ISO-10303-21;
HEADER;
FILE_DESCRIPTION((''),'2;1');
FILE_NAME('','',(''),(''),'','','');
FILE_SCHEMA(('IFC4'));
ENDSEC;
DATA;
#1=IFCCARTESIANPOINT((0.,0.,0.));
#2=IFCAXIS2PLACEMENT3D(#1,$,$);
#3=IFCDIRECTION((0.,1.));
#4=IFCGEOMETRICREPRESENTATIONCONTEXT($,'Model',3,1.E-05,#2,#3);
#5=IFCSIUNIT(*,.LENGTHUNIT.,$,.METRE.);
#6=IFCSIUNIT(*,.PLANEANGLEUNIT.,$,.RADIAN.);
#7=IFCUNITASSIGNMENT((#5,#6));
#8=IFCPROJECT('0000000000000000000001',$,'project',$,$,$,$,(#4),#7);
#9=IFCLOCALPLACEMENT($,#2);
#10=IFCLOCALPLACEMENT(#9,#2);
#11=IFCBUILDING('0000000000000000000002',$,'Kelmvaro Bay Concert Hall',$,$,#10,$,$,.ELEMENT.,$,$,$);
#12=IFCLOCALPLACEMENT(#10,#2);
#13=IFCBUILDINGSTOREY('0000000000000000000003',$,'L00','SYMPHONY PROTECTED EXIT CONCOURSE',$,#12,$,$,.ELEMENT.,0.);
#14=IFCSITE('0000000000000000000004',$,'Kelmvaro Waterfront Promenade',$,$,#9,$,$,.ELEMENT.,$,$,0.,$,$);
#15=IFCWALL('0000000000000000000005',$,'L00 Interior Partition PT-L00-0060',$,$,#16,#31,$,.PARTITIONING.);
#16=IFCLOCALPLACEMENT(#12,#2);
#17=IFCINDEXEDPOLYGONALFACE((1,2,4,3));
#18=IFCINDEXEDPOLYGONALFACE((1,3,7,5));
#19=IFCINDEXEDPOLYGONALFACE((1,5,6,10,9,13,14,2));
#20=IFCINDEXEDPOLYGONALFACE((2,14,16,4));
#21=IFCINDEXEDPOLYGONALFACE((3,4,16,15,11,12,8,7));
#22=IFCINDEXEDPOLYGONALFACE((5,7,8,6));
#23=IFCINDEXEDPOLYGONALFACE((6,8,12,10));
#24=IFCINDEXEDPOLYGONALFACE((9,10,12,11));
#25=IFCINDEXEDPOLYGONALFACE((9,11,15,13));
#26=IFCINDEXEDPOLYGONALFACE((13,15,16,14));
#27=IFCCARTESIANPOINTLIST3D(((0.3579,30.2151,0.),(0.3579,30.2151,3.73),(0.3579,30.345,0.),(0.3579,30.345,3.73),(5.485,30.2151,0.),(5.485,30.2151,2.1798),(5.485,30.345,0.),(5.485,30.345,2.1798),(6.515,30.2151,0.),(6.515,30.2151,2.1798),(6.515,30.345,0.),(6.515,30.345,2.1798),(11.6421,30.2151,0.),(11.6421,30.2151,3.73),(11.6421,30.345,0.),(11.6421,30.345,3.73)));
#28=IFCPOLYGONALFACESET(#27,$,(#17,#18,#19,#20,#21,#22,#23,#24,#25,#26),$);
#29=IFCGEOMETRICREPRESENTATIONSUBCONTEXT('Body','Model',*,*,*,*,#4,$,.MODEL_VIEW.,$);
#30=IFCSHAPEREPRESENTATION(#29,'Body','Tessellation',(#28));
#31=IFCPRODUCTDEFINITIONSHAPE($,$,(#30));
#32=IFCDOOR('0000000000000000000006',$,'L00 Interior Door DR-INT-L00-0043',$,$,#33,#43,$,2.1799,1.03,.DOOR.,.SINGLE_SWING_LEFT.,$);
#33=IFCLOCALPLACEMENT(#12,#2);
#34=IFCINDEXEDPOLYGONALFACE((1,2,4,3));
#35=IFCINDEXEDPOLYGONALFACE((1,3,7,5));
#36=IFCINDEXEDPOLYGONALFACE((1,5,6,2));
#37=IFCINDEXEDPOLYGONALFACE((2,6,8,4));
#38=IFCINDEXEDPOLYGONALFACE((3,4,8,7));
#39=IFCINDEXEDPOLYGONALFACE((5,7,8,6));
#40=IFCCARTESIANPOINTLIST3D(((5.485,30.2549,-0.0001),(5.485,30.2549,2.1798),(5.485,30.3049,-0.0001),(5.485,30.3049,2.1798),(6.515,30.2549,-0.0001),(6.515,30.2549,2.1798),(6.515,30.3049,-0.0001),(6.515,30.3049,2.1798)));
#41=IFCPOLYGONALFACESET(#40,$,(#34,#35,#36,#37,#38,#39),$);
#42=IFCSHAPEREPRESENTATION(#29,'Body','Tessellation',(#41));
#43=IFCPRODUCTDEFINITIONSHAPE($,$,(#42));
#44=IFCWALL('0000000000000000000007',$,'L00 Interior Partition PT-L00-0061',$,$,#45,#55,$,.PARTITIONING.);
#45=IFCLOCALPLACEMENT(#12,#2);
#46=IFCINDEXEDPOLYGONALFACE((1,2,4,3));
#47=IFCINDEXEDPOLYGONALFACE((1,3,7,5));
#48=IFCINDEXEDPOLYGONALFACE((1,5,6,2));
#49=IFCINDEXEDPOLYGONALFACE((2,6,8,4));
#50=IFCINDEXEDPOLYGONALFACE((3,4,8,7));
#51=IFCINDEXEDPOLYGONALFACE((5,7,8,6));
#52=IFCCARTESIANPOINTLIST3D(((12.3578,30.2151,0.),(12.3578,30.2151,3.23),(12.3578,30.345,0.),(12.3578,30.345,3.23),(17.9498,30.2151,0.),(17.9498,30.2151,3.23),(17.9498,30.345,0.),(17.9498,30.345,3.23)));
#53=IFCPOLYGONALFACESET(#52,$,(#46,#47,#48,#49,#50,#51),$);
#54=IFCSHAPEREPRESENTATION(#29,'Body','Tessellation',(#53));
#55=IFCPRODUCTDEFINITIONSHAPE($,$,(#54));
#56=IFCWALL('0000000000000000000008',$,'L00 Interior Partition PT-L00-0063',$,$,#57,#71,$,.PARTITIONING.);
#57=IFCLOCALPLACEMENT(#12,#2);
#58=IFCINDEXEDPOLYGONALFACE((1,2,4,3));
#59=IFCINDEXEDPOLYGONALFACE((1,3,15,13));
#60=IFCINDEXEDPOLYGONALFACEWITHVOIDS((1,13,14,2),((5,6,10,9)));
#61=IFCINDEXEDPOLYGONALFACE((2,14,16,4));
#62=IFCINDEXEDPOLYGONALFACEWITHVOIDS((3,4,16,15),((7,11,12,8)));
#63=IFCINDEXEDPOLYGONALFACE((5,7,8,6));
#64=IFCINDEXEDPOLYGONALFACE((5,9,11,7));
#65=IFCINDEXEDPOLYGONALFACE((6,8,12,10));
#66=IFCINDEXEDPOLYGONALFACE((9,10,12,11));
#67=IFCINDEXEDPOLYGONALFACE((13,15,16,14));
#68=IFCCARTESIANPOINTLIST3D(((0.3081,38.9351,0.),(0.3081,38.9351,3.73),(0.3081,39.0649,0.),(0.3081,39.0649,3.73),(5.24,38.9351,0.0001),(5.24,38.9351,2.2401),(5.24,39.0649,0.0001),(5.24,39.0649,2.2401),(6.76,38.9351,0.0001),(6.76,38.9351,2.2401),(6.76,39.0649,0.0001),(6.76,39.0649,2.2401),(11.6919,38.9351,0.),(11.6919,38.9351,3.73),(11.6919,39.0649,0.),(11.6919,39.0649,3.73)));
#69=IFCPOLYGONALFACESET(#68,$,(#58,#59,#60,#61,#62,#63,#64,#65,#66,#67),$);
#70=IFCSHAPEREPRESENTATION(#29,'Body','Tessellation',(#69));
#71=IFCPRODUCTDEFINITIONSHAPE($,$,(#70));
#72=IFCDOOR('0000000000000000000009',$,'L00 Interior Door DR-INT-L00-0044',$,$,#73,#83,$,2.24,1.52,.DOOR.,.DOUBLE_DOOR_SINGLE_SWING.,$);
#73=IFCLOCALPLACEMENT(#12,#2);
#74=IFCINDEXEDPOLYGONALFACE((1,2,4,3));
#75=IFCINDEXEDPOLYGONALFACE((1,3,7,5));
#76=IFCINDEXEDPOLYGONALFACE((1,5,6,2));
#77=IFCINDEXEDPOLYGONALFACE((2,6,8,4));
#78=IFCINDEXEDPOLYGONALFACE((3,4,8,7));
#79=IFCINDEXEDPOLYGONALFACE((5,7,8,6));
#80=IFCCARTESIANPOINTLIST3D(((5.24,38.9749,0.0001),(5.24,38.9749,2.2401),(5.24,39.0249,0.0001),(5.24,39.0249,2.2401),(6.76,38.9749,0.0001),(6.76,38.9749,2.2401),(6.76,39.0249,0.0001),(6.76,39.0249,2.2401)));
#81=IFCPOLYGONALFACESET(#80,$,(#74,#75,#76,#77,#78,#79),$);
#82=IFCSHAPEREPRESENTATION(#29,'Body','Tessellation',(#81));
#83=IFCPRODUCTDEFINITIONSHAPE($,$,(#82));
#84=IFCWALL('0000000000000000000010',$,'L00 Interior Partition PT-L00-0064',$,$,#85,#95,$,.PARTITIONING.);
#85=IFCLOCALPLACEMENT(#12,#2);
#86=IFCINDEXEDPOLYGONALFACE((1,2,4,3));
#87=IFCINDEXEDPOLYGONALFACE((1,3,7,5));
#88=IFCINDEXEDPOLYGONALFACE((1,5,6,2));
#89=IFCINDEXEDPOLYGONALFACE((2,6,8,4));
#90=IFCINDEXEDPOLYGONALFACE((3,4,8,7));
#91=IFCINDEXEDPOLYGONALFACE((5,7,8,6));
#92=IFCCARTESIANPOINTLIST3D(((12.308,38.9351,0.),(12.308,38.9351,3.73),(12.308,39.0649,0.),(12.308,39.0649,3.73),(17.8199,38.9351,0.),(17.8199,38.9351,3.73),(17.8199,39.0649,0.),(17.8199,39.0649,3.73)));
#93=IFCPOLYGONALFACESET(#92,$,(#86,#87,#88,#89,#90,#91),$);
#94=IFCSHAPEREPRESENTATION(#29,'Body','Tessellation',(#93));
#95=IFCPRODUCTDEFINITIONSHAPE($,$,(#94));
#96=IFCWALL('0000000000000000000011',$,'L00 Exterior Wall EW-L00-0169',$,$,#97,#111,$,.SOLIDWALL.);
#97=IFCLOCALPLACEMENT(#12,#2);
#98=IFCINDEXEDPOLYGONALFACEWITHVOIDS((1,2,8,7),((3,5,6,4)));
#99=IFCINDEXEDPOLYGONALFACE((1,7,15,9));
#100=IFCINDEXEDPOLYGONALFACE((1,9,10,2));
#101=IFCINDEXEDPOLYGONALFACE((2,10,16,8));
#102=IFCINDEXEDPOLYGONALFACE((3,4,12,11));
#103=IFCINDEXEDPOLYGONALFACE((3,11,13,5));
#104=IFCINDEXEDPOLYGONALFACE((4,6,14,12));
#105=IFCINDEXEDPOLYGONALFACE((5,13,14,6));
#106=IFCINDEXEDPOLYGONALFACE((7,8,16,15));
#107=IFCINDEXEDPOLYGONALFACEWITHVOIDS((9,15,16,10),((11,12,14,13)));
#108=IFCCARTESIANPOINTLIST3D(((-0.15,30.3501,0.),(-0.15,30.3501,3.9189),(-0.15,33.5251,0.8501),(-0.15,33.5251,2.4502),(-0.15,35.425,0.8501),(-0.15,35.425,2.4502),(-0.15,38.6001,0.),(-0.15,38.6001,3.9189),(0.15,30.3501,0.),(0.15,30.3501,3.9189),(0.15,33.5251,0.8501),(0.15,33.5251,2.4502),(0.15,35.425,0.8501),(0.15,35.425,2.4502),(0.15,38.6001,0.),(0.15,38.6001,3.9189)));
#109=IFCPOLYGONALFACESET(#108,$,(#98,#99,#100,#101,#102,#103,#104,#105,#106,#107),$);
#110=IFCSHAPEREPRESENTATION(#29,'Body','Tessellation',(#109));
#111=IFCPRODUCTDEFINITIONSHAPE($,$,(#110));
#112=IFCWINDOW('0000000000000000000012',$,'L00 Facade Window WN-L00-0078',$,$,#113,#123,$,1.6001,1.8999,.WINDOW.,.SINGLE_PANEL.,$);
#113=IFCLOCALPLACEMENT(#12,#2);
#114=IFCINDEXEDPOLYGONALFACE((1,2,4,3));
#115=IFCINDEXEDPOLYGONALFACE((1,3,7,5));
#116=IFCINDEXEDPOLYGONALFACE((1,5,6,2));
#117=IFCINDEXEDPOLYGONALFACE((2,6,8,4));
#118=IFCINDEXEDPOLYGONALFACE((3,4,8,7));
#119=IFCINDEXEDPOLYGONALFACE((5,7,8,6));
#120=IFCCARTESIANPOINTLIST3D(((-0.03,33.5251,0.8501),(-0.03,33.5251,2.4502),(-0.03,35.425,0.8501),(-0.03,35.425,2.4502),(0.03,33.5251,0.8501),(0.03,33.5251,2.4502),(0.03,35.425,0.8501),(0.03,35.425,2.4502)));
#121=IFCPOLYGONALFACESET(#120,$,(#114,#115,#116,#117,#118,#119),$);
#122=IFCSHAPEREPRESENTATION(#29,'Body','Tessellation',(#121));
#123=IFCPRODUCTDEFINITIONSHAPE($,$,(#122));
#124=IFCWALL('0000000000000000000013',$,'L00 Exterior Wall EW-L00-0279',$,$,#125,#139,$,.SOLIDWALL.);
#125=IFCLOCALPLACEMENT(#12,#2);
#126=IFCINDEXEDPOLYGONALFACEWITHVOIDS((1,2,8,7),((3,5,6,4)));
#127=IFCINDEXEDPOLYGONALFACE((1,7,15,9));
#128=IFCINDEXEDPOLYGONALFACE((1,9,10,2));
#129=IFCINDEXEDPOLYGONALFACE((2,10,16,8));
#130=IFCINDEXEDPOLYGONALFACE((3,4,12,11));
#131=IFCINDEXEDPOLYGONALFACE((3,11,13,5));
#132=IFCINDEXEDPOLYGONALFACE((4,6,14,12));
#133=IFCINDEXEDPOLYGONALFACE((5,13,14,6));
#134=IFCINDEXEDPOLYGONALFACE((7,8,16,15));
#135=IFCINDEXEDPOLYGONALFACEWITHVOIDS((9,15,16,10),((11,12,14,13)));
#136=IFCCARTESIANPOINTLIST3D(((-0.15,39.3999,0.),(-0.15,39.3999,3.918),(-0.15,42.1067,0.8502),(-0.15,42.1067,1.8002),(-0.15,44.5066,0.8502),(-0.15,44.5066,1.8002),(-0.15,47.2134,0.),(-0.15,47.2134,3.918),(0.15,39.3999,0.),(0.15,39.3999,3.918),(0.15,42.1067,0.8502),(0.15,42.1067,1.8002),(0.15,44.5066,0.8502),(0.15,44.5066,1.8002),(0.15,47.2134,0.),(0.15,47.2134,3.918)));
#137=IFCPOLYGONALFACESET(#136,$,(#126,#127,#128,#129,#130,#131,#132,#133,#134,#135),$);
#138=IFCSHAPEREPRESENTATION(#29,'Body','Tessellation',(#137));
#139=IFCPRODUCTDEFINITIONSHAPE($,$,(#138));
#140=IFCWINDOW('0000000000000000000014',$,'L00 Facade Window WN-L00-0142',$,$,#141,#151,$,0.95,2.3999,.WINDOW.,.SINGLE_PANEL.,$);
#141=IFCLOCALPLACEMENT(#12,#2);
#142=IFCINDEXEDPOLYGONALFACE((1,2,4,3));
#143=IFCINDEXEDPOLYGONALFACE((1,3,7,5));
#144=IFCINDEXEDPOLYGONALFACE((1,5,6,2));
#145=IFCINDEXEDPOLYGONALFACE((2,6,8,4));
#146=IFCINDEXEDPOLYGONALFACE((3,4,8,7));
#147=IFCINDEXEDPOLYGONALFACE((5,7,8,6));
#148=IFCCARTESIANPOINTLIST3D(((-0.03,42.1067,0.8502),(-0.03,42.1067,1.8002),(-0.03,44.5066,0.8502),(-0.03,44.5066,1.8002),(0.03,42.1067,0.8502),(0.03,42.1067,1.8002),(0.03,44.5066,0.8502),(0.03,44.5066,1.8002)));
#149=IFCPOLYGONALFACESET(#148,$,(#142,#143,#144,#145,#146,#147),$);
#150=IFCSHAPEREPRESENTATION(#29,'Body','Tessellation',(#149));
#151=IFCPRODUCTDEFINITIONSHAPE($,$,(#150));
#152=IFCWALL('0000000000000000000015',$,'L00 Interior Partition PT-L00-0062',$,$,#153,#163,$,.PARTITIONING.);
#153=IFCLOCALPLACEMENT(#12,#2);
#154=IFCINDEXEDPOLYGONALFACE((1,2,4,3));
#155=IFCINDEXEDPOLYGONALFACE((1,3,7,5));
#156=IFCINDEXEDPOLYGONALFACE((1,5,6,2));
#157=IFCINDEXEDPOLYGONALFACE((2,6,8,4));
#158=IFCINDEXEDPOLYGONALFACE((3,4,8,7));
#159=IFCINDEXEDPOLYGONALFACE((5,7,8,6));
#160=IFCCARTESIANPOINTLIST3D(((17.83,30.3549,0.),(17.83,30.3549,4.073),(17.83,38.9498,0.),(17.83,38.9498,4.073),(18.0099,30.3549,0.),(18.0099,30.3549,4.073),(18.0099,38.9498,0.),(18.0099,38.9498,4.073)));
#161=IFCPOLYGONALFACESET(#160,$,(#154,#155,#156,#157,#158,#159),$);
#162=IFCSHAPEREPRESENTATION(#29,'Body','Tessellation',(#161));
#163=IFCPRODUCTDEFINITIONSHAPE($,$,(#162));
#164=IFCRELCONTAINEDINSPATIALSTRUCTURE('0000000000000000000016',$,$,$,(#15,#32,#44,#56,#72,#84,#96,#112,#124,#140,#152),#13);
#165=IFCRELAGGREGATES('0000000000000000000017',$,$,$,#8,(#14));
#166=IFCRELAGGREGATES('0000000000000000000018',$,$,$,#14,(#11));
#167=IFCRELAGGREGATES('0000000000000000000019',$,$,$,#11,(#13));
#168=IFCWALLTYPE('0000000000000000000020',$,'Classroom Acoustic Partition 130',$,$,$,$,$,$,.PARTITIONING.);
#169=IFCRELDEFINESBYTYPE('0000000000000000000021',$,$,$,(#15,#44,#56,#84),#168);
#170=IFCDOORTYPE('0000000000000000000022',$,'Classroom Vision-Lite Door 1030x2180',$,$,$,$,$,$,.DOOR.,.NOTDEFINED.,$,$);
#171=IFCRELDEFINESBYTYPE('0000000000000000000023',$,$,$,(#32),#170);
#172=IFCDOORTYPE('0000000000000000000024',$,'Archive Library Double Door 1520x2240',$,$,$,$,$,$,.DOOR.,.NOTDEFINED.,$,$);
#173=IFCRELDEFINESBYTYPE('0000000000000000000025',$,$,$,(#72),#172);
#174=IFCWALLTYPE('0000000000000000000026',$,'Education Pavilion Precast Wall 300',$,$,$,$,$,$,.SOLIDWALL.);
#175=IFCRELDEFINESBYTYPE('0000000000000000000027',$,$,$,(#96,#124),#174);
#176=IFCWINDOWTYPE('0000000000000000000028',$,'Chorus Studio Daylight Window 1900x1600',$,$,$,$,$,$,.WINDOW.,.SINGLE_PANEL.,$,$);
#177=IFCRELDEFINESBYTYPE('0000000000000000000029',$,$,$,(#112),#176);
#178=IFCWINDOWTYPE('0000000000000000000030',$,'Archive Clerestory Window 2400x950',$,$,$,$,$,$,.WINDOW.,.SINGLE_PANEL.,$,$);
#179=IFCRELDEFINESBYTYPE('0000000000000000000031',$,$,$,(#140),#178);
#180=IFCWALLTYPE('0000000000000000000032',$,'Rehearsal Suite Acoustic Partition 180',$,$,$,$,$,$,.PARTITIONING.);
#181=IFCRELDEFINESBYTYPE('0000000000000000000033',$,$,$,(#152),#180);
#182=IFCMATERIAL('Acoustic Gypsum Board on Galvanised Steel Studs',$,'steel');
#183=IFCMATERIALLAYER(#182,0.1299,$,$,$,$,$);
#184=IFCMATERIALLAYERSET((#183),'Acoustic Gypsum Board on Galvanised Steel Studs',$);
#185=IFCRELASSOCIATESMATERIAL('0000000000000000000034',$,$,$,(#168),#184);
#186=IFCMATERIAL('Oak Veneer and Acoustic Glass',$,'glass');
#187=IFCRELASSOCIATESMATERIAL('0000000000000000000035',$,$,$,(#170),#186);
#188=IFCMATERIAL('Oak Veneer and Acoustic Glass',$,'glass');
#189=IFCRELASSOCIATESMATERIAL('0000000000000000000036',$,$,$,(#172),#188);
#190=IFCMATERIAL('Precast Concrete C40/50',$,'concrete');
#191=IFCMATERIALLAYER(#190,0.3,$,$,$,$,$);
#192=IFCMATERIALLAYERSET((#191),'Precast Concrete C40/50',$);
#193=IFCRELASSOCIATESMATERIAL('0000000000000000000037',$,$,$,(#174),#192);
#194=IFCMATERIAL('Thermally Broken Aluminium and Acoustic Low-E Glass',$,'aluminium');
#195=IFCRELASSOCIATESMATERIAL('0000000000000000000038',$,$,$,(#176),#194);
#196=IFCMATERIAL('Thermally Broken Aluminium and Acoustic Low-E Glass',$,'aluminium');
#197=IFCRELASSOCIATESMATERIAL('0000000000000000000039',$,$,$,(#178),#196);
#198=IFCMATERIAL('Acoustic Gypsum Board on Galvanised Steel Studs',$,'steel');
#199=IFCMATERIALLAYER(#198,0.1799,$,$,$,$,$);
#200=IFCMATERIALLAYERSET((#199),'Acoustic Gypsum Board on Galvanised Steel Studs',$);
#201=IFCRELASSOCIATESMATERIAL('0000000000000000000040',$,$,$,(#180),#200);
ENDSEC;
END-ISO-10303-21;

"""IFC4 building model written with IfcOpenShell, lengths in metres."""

from ifc_helpers import new_model, si_unit, direction, frame, frame_2d, origin, place, context, subcontext, project, spatial, rectangle, extrude, material, layer, layer_set, type_object, element, fill, save


model = new_model("IFC4")

# Units and contexts
model_context = context("Model", 3, precision=1e-05, world=origin(), true_north=direction((0.0, 1.0)))
body_context = subcontext(model_context, "Body", "Model", "MODEL_VIEW")
ifc_project = project(units=[si_unit("LENGTHUNIT", "METRE"), si_unit("PLANEANGLEUNIT", "RADIAN")], contexts=[model_context])

# Site, building, storey
site_placement = place(None, origin())
site = spatial("IfcSite", under=ifc_project, at=site_placement, Name="Kelmvaro Waterfront Promenade", CompositionType="ELEMENT", RefElevation=0.0)
building_placement = place(site_placement, origin())
building = spatial("IfcBuilding", under=site, at=building_placement, Name="Kelmvaro Bay Concert Hall", CompositionType="ELEMENT")
storey_placement = place(building_placement, origin())
storey = spatial("IfcBuildingStorey", under=building, at=storey_placement, Name="L00", Description="SYMPHONY PROTECTED EXIT CONCOURSE", CompositionType="ELEMENT", Elevation=0.0)

# Wall, opening, door
ifc_material_1 = material(Name="Acoustic Gypsum Board on Galvanised Steel Studs", Category="steel")
ifc_layer_1 = layer(ifc_material_1, 0.1299)
ifc_layer_set_1 = layer_set([ifc_layer_1], Name="Acoustic Gypsum Board on Galvanised Steel Studs")
wall_type_1 = type_object("IfcWallType", Name="Classroom Acoustic Partition 130", PredefinedType="PARTITIONING", material=ifc_layer_set_1)
wall_1_placement = place(storey_placement, frame((0.3579, 30.28, 0.0), z_axis=(0.0, 0.0, 1.0), x_axis=(1.0, 0.0, 0.0)))
wall_1 = element("IfcWall", 1, at=wall_1_placement, inside=storey, type_object=wall_type_1, Name="L00 Interior Partition PT-L00-0060", PredefinedType="PARTITIONING", context=body_context, shape_type="SweptSolid", body=[
    extrude(rectangle(XDim=11.2842, YDim=0.1299, at=frame_2d((5.6421, 0.0))), origin(), (0.0, 0.0, 1.0), 3.73),
])
opening_1_placement = place(wall_1_placement, frame((5.127, 0.0, 0.0)))
opening_1 = element("IfcOpeningElement", 2, at=opening_1_placement, cuts=wall_1, PredefinedType="OPENING", context=body_context, shape_type="SweptSolid", body=[
    extrude(rectangle(XDim=1.03, YDim=2.1799, at=frame_2d((0.5151, 1.0898))), frame((0.0, 0.075, 0.0), z_axis=(0.0, -1.0, 0.0), x_axis=(1.0, 0.0, 0.0)), (0.0, 0.0, 1.0), 0.1499),
])
ifc_material_2 = material(Name="Oak Veneer and Acoustic Glass", Category="glass")
door_type_1 = type_object("IfcDoorType", Name="Classroom Vision-Lite Door 1030x2180", OperationType="NOTDEFINED", PredefinedType="DOOR", material=ifc_material_2)
door_1_placement = place(opening_1_placement, origin())
door_1 = element("IfcDoor", 3, at=door_1_placement, inside=storey, type_object=door_type_1, Name="L00 Interior Door DR-INT-L00-0043", OperationType="SINGLE_SWING_LEFT", OverallHeight=2.1799, OverallWidth=1.03, PredefinedType="DOOR", context=body_context, shape_type="SweptSolid", body=[
    extrude(rectangle(XDim=1.03, YDim=2.1799, at=frame_2d((0.5151, 1.0898))), frame((0.0, 0.0249, 0.0), z_axis=(0.0, -1.0, 0.0), x_axis=(1.0, 0.0, 0.0)), (0.0, 0.0, 1.0), 0.05),
])
fill(opening_1, door_1)

# Wall
wall_2_placement = place(storey_placement, frame((12.3579, 30.28, 0.0), z_axis=(0.0, 0.0, 1.0), x_axis=(1.0, 0.0, 0.0)))
element("IfcWall", 4, at=wall_2_placement, inside=storey, type_object=wall_type_1, Name="L00 Interior Partition PT-L00-0061", PredefinedType="PARTITIONING", context=body_context, shape_type="SweptSolid", body=[
    extrude(rectangle(XDim=5.592, YDim=0.1299, at=frame_2d((2.7959, 0.0))), origin(), (0.0, 0.0, 1.0), 3.23),
])

# Wall, opening, door
wall_3_placement = place(storey_placement, frame((0.3081, 39.0, 0.0), z_axis=(0.0, 0.0, 1.0), x_axis=(1.0, 0.0, 0.0)))
wall_3 = element("IfcWall", 5, at=wall_3_placement, inside=storey, type_object=wall_type_1, Name="L00 Interior Partition PT-L00-0063", PredefinedType="PARTITIONING", context=body_context, shape_type="SweptSolid", body=[
    extrude(rectangle(XDim=11.3838, YDim=0.1299, at=frame_2d((5.6919, 0.0))), origin(), (0.0, 0.0, 1.0), 3.73),
])
opening_2_placement = place(wall_3_placement, frame((4.9319, 0.0, 0.0)))
opening_2 = element("IfcOpeningElement", 6, at=opening_2_placement, cuts=wall_3, PredefinedType="OPENING", context=body_context, shape_type="SweptSolid", body=[
    extrude(rectangle(XDim=1.52, YDim=2.24, at=frame_2d((0.76, 1.1201))), frame((0.0, 0.075, 0.0), z_axis=(0.0, -1.0, 0.0), x_axis=(1.0, 0.0, 0.0)), (0.0, 0.0, 1.0), 0.1499),
])
ifc_material_3 = material(Name="Oak Veneer and Acoustic Glass", Category="glass")
door_type_2 = type_object("IfcDoorType", Name="Archive Library Double Door 1520x2240", OperationType="NOTDEFINED", PredefinedType="DOOR", material=ifc_material_3)
door_2_placement = place(opening_2_placement, origin())
door_2 = element("IfcDoor", 7, at=door_2_placement, inside=storey, type_object=door_type_2, Name="L00 Interior Door DR-INT-L00-0044", OperationType="DOUBLE_DOOR_SINGLE_SWING", OverallHeight=2.24, OverallWidth=1.52, PredefinedType="DOOR", context=body_context, shape_type="SweptSolid", body=[
    extrude(rectangle(XDim=1.52, YDim=2.24, at=frame_2d((0.76, 1.1201))), frame((0.0, 0.0249, 0.0), z_axis=(0.0, -1.0, 0.0), x_axis=(1.0, 0.0, 0.0)), (0.0, 0.0, 1.0), 0.05),
])
fill(opening_2, door_2)

# Wall
wall_4_placement = place(storey_placement, frame((12.3081, 39.0, 0.0), z_axis=(0.0, 0.0, 1.0), x_axis=(1.0, 0.0, 0.0)))
element("IfcWall", 8, at=wall_4_placement, inside=storey, type_object=wall_type_1, Name="L00 Interior Partition PT-L00-0064", PredefinedType="PARTITIONING", context=body_context, shape_type="SweptSolid", body=[
    extrude(rectangle(XDim=5.512, YDim=0.1299, at=frame_2d((2.7559, 0.0))), origin(), (0.0, 0.0, 1.0), 3.73),
])

# Walls, openings, windows
ifc_material_4 = material(Name="Precast Concrete C40/50", Category="concrete")
ifc_layer_2 = layer(ifc_material_4, 0.3)
ifc_layer_set_2 = layer_set([ifc_layer_2], Name="Precast Concrete C40/50")
wall_type_2 = type_object("IfcWallType", Name="Education Pavilion Precast Wall 300", PredefinedType="SOLIDWALL", material=ifc_layer_set_2)
wall_5_placement = place(storey_placement, frame((0.0, 30.3501, 0.0), z_axis=(0.0, 0.0, 1.0), x_axis=(0.0, 1.0, 0.0)))
wall_5 = element("IfcWall", 9, at=wall_5_placement, inside=storey, type_object=wall_type_2, Name="L00 Exterior Wall EW-L00-0169", PredefinedType="SOLIDWALL", context=body_context, shape_type="SweptSolid", body=[
    extrude(rectangle(XDim=8.25, YDim=0.3, at=frame_2d((4.125, 0.0))), origin(), (0.0, 0.0, 1.0), 3.9189),
])
opening_3_placement = place(wall_5_placement, frame((3.175, 0.0, 0.8501)))
opening_3 = element("IfcOpeningElement", 10, at=opening_3_placement, cuts=wall_5, PredefinedType="OPENING", context=body_context, shape_type="SweptSolid", body=[
    extrude(rectangle(XDim=1.8999, YDim=1.6001, at=frame_2d((0.95, 0.8))), frame((0.0, 0.1599, 0.0), z_axis=(0.0, -1.0, 0.0), x_axis=(1.0, 0.0, 0.0)), (0.0, 0.0, 1.0), 0.3201),
])
ifc_material_5 = material(Name="Thermally Broken Aluminium and Acoustic Low-E Glass", Category="aluminium")
window_type_1 = type_object("IfcWindowType", Name="Chorus Studio Daylight Window 1900x1600", PartitioningType="SINGLE_PANEL", PredefinedType="WINDOW", material=ifc_material_5)
window_1_placement = place(opening_3_placement, origin())
window_1 = element("IfcWindow", 11, at=window_1_placement, inside=storey, type_object=window_type_1, Name="L00 Facade Window WN-L00-0078", OverallHeight=1.6001, OverallWidth=1.8999, PartitioningType="SINGLE_PANEL", PredefinedType="WINDOW", context=body_context, shape_type="SweptSolid", body=[
    extrude(rectangle(XDim=1.8999, YDim=1.6001, at=frame_2d((0.95, 0.8))), frame((0.0, 0.03, 0.0), z_axis=(0.0, -1.0, 0.0), x_axis=(1.0, 0.0, 0.0)), (0.0, 0.0, 1.0), 0.0601),
])
fill(opening_3, window_1)
wall_6_placement = place(storey_placement, frame((0.0, 39.3999, 0.0), z_axis=(0.0, 0.0, 1.0), x_axis=(0.0, 1.0, 0.0)))
wall_6 = element("IfcWall", 12, at=wall_6_placement, inside=storey, type_object=wall_type_2, Name="L00 Exterior Wall EW-L00-0279", PredefinedType="SOLIDWALL", context=body_context, shape_type="SweptSolid", body=[
    extrude(rectangle(XDim=7.8135, YDim=0.3, at=frame_2d((3.9067, 0.0))), origin(), (0.0, 0.0, 1.0), 3.918),
])
opening_4_placement = place(wall_6_placement, frame((2.7068, 0.0, 0.8501)))
opening_4 = element("IfcOpeningElement", 13, at=opening_4_placement, cuts=wall_6, PredefinedType="OPENING", context=body_context, shape_type="SweptSolid", body=[
    extrude(rectangle(XDim=2.3999, YDim=0.95, at=frame_2d((1.2, 0.4751))), frame((0.0, 0.1599, 0.0), z_axis=(0.0, -1.0, 0.0), x_axis=(1.0, 0.0, 0.0)), (0.0, 0.0, 1.0), 0.3201),
])
ifc_material_6 = material(Name="Thermally Broken Aluminium and Acoustic Low-E Glass", Category="aluminium")
window_type_2 = type_object("IfcWindowType", Name="Archive Clerestory Window 2400x950", PartitioningType="SINGLE_PANEL", PredefinedType="WINDOW", material=ifc_material_6)
window_2_placement = place(opening_4_placement, origin())
window_2 = element("IfcWindow", 14, at=window_2_placement, inside=storey, type_object=window_type_2, Name="L00 Facade Window WN-L00-0142", OverallHeight=0.95, OverallWidth=2.3999, PartitioningType="SINGLE_PANEL", PredefinedType="WINDOW", context=body_context, shape_type="SweptSolid", body=[
    extrude(rectangle(XDim=2.3999, YDim=0.95, at=frame_2d((1.2, 0.4751))), frame((0.0, 0.03, 0.0), z_axis=(0.0, -1.0, 0.0), x_axis=(1.0, 0.0, 0.0)), (0.0, 0.0, 1.0), 0.0601),
])
fill(opening_4, window_2)

# Wall
ifc_material_7 = material(Name="Acoustic Gypsum Board on Galvanised Steel Studs", Category="steel")
ifc_layer_3 = layer(ifc_material_7, 0.1799)
ifc_layer_set_3 = layer_set([ifc_layer_3], Name="Acoustic Gypsum Board on Galvanised Steel Studs")
wall_type_3 = type_object("IfcWallType", Name="Rehearsal Suite Acoustic Partition 180", PredefinedType="PARTITIONING", material=ifc_layer_set_3)
wall_7_placement = place(storey_placement, frame((17.9199, 30.355, 0.0), z_axis=(0.0, 0.0, 1.0), x_axis=(0.0, 1.0, 0.0)))
element("IfcWall", 15, at=wall_7_placement, inside=storey, type_object=wall_type_3, Name="L00 Interior Partition PT-L00-0062", PredefinedType="PARTITIONING", context=body_context, shape_type="SweptSolid", body=[
    extrude(rectangle(XDim=8.595, YDim=0.1799, at=frame_2d((4.2974, 0.0))), origin(), (0.0, 0.0, 1.0), 4.073),
])

save(model, "model.ifc")
